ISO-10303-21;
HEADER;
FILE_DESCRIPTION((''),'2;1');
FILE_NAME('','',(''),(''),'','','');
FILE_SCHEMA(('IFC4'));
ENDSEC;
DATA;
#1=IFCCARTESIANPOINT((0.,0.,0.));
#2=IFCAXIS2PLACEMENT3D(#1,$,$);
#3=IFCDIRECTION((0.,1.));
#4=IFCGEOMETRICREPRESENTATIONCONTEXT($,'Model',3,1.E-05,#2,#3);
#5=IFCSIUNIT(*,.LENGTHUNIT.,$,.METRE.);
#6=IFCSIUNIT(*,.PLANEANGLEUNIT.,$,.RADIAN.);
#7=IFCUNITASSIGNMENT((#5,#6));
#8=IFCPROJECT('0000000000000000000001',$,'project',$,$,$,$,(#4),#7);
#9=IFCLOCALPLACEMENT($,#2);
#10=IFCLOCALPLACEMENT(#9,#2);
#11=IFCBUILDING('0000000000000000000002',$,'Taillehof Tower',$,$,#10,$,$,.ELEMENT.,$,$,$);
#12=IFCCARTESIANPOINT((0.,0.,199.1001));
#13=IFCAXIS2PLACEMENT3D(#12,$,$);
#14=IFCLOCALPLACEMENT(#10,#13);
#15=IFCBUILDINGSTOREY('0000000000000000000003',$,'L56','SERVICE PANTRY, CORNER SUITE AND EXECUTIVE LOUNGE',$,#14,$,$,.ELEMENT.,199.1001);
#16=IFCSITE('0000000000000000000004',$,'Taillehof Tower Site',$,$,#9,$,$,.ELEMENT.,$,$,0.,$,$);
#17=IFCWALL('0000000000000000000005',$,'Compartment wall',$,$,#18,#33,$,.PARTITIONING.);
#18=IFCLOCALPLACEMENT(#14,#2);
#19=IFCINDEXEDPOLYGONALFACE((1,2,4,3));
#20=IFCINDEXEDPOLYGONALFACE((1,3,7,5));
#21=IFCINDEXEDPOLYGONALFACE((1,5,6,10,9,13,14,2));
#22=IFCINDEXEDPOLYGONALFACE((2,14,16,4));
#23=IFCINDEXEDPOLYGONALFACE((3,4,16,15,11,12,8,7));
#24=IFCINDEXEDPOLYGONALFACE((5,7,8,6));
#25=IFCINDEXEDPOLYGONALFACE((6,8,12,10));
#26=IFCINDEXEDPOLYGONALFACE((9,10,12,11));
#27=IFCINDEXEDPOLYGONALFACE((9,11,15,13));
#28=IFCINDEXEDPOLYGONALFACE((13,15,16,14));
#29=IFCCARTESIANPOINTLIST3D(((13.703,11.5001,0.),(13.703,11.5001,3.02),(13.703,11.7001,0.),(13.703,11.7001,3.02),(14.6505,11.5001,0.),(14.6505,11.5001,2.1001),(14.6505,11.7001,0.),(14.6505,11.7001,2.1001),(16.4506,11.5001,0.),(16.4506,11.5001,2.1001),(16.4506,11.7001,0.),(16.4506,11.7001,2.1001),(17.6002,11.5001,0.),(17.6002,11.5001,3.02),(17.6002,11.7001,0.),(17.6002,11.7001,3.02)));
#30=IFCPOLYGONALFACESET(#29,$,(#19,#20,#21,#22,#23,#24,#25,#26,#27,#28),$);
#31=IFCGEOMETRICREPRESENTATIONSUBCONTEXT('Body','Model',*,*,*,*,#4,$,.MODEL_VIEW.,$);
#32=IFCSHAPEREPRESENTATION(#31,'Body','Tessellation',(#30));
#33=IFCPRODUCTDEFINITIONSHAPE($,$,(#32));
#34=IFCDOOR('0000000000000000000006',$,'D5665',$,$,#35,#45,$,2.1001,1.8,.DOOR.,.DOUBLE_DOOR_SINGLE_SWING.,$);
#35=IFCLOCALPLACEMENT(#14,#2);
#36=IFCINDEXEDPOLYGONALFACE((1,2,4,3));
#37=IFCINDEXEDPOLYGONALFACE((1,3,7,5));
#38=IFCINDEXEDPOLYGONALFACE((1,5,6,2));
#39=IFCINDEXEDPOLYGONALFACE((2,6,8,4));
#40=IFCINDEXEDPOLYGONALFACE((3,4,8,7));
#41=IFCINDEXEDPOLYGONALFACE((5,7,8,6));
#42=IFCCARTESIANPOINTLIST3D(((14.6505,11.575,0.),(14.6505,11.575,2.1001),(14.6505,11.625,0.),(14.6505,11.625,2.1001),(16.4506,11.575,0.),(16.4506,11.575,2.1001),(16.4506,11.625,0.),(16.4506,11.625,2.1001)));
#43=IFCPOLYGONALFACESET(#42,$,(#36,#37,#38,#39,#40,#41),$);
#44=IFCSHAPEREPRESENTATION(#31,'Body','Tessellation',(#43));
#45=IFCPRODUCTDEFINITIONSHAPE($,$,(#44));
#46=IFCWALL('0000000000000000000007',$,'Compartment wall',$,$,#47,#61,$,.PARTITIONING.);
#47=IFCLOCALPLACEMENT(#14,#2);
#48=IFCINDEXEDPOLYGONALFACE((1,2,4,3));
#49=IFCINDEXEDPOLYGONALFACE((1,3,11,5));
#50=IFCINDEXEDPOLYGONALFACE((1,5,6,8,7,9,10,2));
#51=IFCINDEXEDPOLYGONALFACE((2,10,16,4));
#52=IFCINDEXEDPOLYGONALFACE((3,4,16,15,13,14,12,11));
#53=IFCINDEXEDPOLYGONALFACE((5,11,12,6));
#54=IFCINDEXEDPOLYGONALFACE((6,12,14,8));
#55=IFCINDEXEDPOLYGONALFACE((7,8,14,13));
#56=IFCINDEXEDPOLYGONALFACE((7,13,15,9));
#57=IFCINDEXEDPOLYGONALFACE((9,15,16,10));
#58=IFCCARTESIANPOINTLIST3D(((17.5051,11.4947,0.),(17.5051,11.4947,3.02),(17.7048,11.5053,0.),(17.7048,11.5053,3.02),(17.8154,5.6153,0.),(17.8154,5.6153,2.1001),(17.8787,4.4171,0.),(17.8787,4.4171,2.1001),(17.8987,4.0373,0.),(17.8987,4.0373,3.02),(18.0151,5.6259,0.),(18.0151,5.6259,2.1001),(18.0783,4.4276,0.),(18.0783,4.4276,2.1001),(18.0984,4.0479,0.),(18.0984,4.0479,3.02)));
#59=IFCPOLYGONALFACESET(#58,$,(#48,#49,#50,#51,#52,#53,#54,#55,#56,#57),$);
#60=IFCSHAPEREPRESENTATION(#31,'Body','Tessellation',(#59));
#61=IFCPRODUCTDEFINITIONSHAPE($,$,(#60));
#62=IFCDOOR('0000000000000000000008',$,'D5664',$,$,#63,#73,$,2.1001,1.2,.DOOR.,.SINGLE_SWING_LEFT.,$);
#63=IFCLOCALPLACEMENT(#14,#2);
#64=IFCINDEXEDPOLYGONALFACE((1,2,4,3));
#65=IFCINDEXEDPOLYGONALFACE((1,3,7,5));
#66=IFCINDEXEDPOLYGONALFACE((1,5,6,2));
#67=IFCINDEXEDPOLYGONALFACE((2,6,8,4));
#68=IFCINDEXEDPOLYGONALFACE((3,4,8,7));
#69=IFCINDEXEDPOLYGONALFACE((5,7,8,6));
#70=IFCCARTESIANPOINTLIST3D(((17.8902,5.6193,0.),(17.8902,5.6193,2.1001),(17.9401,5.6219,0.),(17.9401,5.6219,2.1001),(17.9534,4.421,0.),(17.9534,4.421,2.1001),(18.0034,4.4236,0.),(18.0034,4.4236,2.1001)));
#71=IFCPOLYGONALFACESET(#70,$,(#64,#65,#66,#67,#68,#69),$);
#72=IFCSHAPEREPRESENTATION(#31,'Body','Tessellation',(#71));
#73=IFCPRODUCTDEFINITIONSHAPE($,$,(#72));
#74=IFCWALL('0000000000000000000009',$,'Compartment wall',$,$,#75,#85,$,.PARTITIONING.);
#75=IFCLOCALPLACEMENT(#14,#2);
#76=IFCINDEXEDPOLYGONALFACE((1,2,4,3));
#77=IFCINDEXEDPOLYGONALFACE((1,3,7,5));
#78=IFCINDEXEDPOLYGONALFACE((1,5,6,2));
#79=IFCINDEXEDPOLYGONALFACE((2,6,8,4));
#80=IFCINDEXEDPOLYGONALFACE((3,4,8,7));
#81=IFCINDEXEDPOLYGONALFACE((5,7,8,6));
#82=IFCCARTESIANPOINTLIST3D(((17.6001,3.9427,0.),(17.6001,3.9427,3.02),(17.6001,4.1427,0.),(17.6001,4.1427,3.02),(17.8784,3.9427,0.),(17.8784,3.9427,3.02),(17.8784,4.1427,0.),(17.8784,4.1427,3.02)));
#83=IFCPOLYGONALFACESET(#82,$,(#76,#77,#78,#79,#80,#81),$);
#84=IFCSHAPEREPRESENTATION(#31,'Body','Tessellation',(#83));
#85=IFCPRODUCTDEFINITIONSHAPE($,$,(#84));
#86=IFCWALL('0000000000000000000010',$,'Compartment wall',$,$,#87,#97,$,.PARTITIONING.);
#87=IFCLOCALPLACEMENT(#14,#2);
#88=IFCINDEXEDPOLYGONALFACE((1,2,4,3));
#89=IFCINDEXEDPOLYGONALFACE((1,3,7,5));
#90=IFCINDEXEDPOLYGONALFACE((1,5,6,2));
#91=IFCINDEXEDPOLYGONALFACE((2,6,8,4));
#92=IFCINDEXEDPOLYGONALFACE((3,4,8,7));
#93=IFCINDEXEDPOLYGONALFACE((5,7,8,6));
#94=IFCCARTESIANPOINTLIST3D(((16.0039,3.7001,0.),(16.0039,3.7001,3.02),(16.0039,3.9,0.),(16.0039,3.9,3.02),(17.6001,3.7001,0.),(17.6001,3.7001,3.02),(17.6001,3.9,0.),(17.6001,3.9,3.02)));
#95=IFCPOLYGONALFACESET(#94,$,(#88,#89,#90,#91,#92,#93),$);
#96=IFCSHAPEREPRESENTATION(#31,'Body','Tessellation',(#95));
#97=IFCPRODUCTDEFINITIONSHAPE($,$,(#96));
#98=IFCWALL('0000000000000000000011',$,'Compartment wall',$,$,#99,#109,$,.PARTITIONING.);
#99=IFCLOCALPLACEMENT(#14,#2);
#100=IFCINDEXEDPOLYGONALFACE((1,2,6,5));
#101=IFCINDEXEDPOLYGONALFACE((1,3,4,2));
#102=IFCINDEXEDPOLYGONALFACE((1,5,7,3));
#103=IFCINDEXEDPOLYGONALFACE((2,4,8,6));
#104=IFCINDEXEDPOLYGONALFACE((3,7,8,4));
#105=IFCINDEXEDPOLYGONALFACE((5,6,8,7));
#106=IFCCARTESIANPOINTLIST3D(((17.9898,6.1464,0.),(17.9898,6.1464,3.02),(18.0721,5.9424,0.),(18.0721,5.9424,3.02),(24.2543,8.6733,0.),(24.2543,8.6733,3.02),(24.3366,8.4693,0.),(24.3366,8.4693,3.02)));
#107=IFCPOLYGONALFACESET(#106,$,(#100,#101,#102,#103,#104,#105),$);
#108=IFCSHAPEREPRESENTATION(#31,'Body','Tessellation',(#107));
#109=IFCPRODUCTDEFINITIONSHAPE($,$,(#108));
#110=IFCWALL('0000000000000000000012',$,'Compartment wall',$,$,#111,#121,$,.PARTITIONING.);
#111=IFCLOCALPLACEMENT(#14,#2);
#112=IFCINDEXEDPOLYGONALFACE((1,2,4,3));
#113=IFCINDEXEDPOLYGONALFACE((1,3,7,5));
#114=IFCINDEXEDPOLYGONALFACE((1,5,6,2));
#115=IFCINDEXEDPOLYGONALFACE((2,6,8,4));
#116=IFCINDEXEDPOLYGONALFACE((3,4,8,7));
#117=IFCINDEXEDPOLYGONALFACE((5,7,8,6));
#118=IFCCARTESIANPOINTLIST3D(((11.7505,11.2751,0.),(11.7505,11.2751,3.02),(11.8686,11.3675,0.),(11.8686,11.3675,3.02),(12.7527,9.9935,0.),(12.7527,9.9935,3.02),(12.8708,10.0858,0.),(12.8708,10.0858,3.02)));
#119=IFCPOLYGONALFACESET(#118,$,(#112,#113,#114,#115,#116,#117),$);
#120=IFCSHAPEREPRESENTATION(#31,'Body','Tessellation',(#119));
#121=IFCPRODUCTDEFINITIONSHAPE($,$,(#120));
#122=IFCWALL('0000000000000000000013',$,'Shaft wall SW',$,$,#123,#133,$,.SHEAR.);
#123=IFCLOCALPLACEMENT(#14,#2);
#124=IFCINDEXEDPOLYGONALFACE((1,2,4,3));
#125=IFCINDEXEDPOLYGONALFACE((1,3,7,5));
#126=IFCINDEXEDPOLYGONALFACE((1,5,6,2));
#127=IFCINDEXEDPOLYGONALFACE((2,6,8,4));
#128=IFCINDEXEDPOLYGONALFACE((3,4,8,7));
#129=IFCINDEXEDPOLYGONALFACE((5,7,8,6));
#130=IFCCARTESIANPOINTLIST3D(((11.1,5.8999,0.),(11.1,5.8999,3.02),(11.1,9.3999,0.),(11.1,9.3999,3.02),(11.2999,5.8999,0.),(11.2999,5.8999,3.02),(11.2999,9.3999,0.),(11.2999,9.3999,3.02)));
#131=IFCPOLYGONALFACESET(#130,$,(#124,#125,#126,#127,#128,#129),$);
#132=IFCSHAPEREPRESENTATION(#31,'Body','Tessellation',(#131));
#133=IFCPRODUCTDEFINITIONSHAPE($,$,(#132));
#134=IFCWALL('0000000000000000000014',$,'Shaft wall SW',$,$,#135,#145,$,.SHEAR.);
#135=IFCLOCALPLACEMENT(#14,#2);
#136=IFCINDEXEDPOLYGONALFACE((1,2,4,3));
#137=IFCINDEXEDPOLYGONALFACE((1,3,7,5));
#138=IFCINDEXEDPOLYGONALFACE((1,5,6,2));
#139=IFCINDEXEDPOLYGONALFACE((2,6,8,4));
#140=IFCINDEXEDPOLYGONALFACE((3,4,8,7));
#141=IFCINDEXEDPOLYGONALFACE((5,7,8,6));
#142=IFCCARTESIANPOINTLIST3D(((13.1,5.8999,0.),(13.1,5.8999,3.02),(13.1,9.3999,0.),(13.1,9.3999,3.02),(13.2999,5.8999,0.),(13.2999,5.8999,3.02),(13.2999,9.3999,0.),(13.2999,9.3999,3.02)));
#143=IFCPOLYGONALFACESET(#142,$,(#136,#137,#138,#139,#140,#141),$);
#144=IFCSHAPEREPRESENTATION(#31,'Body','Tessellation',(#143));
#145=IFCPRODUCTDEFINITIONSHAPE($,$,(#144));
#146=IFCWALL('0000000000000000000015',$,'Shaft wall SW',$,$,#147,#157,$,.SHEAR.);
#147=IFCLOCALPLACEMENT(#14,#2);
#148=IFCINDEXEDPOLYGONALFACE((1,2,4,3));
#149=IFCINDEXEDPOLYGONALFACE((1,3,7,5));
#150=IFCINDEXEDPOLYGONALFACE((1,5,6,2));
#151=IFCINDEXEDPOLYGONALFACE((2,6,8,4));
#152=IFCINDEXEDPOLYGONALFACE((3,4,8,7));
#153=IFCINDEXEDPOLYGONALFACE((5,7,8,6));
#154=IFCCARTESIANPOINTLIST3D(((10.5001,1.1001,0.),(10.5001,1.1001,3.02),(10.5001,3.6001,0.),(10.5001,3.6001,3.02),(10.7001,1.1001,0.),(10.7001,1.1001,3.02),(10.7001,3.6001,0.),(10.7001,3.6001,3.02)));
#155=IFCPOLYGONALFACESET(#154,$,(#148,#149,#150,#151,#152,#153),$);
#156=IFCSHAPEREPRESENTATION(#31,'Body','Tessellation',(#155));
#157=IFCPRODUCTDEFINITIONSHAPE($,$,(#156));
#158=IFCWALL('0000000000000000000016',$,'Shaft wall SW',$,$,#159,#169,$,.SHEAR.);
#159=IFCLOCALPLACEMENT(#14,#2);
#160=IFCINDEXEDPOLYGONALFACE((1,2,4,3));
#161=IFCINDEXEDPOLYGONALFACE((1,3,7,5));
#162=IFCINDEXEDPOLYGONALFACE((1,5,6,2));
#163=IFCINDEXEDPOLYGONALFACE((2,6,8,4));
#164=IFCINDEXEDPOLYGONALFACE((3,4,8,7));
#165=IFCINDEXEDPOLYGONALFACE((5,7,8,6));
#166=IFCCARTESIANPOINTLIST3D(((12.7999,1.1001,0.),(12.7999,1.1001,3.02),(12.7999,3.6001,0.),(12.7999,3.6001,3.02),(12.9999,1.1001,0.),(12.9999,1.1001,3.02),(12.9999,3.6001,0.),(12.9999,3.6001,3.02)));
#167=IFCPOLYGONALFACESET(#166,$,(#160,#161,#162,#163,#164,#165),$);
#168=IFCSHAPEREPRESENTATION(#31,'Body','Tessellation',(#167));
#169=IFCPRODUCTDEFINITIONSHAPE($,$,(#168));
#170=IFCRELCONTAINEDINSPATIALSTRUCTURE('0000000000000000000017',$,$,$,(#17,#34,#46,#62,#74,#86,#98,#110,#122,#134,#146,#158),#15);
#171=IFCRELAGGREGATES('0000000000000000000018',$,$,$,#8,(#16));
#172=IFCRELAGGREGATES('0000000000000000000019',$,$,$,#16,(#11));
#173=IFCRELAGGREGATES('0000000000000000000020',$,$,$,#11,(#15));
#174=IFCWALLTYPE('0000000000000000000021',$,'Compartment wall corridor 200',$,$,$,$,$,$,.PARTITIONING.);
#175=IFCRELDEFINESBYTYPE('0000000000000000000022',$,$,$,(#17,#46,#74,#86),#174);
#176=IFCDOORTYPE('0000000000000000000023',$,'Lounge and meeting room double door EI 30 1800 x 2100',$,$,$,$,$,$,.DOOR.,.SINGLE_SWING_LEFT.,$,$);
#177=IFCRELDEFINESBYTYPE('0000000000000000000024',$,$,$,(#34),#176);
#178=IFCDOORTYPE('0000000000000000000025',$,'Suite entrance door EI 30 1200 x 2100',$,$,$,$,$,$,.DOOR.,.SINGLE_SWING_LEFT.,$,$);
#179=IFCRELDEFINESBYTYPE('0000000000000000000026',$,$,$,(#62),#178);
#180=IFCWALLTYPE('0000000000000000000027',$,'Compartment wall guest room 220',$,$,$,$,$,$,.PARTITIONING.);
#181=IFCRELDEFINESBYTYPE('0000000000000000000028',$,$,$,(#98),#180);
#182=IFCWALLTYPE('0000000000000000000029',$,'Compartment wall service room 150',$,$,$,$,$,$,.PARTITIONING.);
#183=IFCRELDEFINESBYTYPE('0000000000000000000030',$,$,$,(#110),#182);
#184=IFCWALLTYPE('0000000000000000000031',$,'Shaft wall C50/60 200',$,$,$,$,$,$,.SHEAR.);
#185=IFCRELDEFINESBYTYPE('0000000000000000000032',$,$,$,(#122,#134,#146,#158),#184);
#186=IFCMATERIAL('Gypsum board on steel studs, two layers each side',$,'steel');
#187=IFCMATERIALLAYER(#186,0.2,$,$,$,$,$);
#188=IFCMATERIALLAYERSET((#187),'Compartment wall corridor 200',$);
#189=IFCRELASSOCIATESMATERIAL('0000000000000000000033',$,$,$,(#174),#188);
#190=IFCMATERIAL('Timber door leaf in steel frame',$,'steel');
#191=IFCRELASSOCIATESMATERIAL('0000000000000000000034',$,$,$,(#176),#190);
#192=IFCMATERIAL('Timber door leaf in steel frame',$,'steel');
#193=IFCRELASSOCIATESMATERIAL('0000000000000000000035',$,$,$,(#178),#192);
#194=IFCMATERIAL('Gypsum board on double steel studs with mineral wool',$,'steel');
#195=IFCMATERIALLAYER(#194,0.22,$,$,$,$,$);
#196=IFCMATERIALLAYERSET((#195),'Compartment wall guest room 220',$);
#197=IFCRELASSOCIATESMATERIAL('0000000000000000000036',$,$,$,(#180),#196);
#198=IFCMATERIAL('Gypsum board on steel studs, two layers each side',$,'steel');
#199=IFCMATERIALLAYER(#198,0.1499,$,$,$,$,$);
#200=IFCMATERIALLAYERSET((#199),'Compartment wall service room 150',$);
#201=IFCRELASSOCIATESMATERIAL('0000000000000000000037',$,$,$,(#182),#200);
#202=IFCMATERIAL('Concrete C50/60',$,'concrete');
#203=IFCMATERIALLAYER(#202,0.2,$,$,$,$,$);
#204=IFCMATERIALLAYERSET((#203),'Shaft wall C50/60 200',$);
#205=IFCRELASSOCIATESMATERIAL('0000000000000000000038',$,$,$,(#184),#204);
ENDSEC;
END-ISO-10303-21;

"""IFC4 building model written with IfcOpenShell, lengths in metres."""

from ifc_helpers import new_model, si_unit, direction, frame, frame_2d, origin, place, context, subcontext, project, spatial, rectangle, extrude, material, layer, layer_set, type_object, element, fill, save


model = new_model("IFC4")

# Units and contexts
model_context = context("Model", 3, precision=1e-05, world=origin(), true_north=direction((0.0, 1.0)))
body_context = subcontext(model_context, "Body", "Model", "MODEL_VIEW")
ifc_project = project(units=[si_unit("LENGTHUNIT", "METRE"), si_unit("PLANEANGLEUNIT", "RADIAN")], contexts=[model_context])

# Site, building, storey
site_placement = place(None, origin())
site = spatial("IfcSite", under=ifc_project, at=site_placement, Name="Taillehof Tower Site", CompositionType="ELEMENT", RefElevation=0.0)
building_placement = place(site_placement, origin())
building = spatial("IfcBuilding", under=site, at=building_placement, Name="Taillehof Tower", CompositionType="ELEMENT")
storey_placement = place(building_placement, frame((0.0, 0.0, 199.1001)))
storey = spatial("IfcBuildingStorey", under=building, at=storey_placement, Name="L56", Description="SERVICE PANTRY, CORNER SUITE AND EXECUTIVE LOUNGE", CompositionType="ELEMENT", Elevation=199.1001)

# Walls, openings, doors
ifc_material_1 = material(Name="Gypsum board on steel studs, two layers each side", Category="steel")
ifc_layer_1 = layer(ifc_material_1, 0.2)
ifc_layer_set_1 = layer_set([ifc_layer_1], Name="Compartment wall corridor 200")
wall_type_1 = type_object("IfcWallType", Name="Compartment wall corridor 200", PredefinedType="PARTITIONING", material=ifc_layer_set_1)
wall_1_placement = place(storey_placement, frame((13.7029, 11.6001, 0.0), z_axis=(0.0, 0.0, 1.0), x_axis=(1.0, 0.0, 0.0)))
wall_1 = element("IfcWall", 1, at=wall_1_placement, inside=storey, type_object=wall_type_1, Name="Compartment wall", PredefinedType="PARTITIONING", context=body_context, shape_type="SweptSolid", body=[
    extrude(rectangle(XDim=3.8972, YDim=0.2, at=frame_2d((1.9487, 0.0))), origin(), (0.0, 0.0, 1.0), 3.02),
])
opening_1_placement = place(wall_1_placement, frame((0.9478, 0.0, 0.0)))
opening_1 = element("IfcOpeningElement", 2, at=opening_1_placement, cuts=wall_1, PredefinedType="OPENING", context=body_context, shape_type="SweptSolid", body=[
    extrude(rectangle(XDim=1.8, YDim=2.1001, at=frame_2d((0.8999, 1.05))), frame((0.0, 0.1099, 0.0), z_axis=(0.0, -1.0, 0.0), x_axis=(1.0, 0.0, 0.0)), (0.0, 0.0, 1.0), 0.22),
])
ifc_material_2 = material(Name="Timber door leaf in steel frame", Category="steel")
door_type_1 = type_object("IfcDoorType", Name="Lounge and meeting room double door EI 30 1800 x 2100", OperationType="SINGLE_SWING_LEFT", PredefinedType="DOOR", material=ifc_material_2)
door_1_placement = place(opening_1_placement, origin())
door_1 = element("IfcDoor", 3, at=door_1_placement, inside=storey, type_object=door_type_1, Name="D5665", OperationType="DOUBLE_DOOR_SINGLE_SWING", OverallHeight=2.1001, OverallWidth=1.8, PredefinedType="DOOR", context=body_context, shape_type="SweptSolid", body=[
    extrude(rectangle(XDim=1.8, YDim=2.1001, at=frame_2d((0.8999, 1.05))), frame((0.0, 0.0249, 0.0), z_axis=(0.0, -1.0, 0.0), x_axis=(1.0, 0.0, 0.0)), (0.0, 0.0, 1.0), 0.05),
])
fill(opening_1, door_1)
wall_2_placement = place(storey_placement, frame((17.605, 11.5, 0.0), z_axis=(0.0, 0.0, 1.0), x_axis=(0.052701, -0.99861, 0.0)))
wall_2 = element("IfcWall", 4, at=wall_2_placement, inside=storey, type_object=wall_type_1, Name="Compartment wall", PredefinedType="PARTITIONING", context=body_context, shape_type="SweptSolid", body=[
    extrude(rectangle(XDim=7.4678, YDim=0.2, at=frame_2d((3.7339, 0.0))), origin(), (0.0, 0.0, 1.0), 3.02),
])
opening_2_placement = place(wall_2_placement, frame((5.8875, 0.0, 0.0)))
opening_2 = element("IfcOpeningElement", 5, at=opening_2_placement, cuts=wall_2, PredefinedType="OPENING", context=body_context, shape_type="SweptSolid", body=[
    extrude(rectangle(XDim=1.2, YDim=2.1001, at=frame_2d((0.6001, 1.05))), frame((0.0, 0.1099, 0.0), z_axis=(0.0, -1.0, 0.0), x_axis=(1.0, 0.0, 0.0)), (0.0, 0.0, 1.0), 0.22),
])
ifc_material_3 = material(Name="Timber door leaf in steel frame", Category="steel")
door_type_2 = type_object("IfcDoorType", Name="Suite entrance door EI 30 1200 x 2100", OperationType="SINGLE_SWING_LEFT", PredefinedType="DOOR", material=ifc_material_3)
door_2_placement = place(opening_2_placement, origin())
door_2 = element("IfcDoor", 6, at=door_2_placement, inside=storey, type_object=door_type_2, Name="D5664", OperationType="SINGLE_SWING_LEFT", OverallHeight=2.1001, OverallWidth=1.2, PredefinedType="DOOR", context=body_context, shape_type="SweptSolid", body=[
    extrude(rectangle(XDim=1.2, YDim=2.1001, at=frame_2d((0.6001, 1.05))), frame((0.0, 0.0249, 0.0), z_axis=(0.0, -1.0, 0.0), x_axis=(1.0, 0.0, 0.0)), (0.0, 0.0, 1.0), 0.05),
])
fill(opening_2, door_2)

# Walls
wall_3_placement = place(storey_placement, frame((17.8784, 4.0427, 0.0), z_axis=(0.0, 0.0, 1.0), x_axis=(-1.0, 0.0, 0.0)))
element("IfcWall", 7, at=wall_3_placement, inside=storey, type_object=wall_type_1, Name="Compartment wall", PredefinedType="PARTITIONING", context=body_context, shape_type="SweptSolid", body=[
    extrude(rectangle(XDim=0.2783, YDim=0.2, at=frame_2d((0.1392, 0.0))), origin(), (0.0, 0.0, 1.0), 3.02),
])
wall_4_placement = place(storey_placement, frame((17.6001, 3.8, 0.0), z_axis=(0.0, 0.0, 1.0), x_axis=(-1.0, 0.0, 0.0)))
element("IfcWall", 8, at=wall_4_placement, inside=storey, type_object=wall_type_1, Name="Compartment wall", PredefinedType="PARTITIONING", context=body_context, shape_type="SweptSolid", body=[
    extrude(rectangle(XDim=1.5962, YDim=0.2, at=frame_2d((0.7981, 0.0))), origin(), (0.0, 0.0, 1.0), 3.02),
])
ifc_material_4 = material(Name="Gypsum board on double steel studs with mineral wool", Category="steel")
ifc_layer_2 = layer(ifc_material_4, 0.22)
ifc_layer_set_2 = layer_set([ifc_layer_2], Name="Compartment wall guest room 220")
wall_type_2 = type_object("IfcWallType", Name="Compartment wall guest room 220", PredefinedType="PARTITIONING", material=ifc_layer_set_2)
wall_5_placement = place(storey_placement, frame((24.2954, 8.5713, 0.0), z_axis=(0.0, 0.0, 1.0), x_axis=(-0.927396, -0.374081, 0.0)))
element("IfcWall", 9, at=wall_5_placement, inside=storey, type_object=wall_type_2, Name="Compartment wall", PredefinedType="PARTITIONING", context=body_context, shape_type="SweptSolid", body=[
    extrude(rectangle(XDim=6.7549, YDim=0.22, at=frame_2d((3.3774, 0.0))), origin(), (0.0, 0.0, 1.0), 3.02),
])
ifc_material_5 = material(Name="Gypsum board on steel studs, two layers each side", Category="steel")
ifc_layer_3 = layer(ifc_material_5, 0.1499)
ifc_layer_set_3 = layer_set([ifc_layer_3], Name="Compartment wall service room 150")
wall_type_3 = type_object("IfcWallType", Name="Compartment wall service room 150", PredefinedType="PARTITIONING", material=ifc_layer_set_3)
wall_6_placement = place(storey_placement, frame((11.8096, 11.3213, 0.0), z_axis=(0.0, 0.0, 1.0), x_axis=(0.615964, -0.787774, 0.0)))
element("IfcWall", 10, at=wall_6_placement, inside=storey, type_object=wall_type_3, Name="Compartment wall", PredefinedType="PARTITIONING", context=body_context, shape_type="SweptSolid", body=[
    extrude(rectangle(XDim=1.627, YDim=0.1499, at=frame_2d((0.8135, 0.0))), origin(), (0.0, 0.0, 1.0), 3.02),
])
ifc_material_6 = material(Name="Concrete C50/60", Category="concrete")
ifc_layer_4 = layer(ifc_material_6, 0.2)
ifc_layer_set_4 = layer_set([ifc_layer_4], Name="Shaft wall C50/60 200")
wall_type_4 = type_object("IfcWallType", Name="Shaft wall C50/60 200", PredefinedType="SHEAR", material=ifc_layer_set_4)
for number, where, z_axis, x_axis, name in (
    (11, (11.2, 5.8999, 0.0), (0.0, 0.0, 1.0), (0.0, 1.0, 0.0), "Shaft wall SW"),
    (12, (13.2, 5.8999, 0.0), (0.0, 0.0, 1.0), (0.0, 1.0, 0.0), "Shaft wall SW"),
):
    element("IfcWall", number, at=place(storey_placement, frame(where, z_axis=z_axis, x_axis=x_axis)), inside=storey, type_object=wall_type_4, Name=name, PredefinedType="SHEAR", context=body_context, shape_type="SweptSolid", body=[
        extrude(rectangle(XDim=3.5, YDim=0.2, at=frame_2d((1.75, 0.0))), origin(), (0.0, 0.0, 1.0), 3.02),
    ])
for number, where, z_axis, x_axis, name in (
    (13, (10.6001, 1.1001, 0.0), (0.0, 0.0, 1.0), (0.0, 1.0, 0.0), "Shaft wall SW"),
    (14, (12.8999, 1.1001, 0.0), (0.0, 0.0, 1.0), (0.0, 1.0, 0.0), "Shaft wall SW"),
):
    element("IfcWall", number, at=place(storey_placement, frame(where, z_axis=z_axis, x_axis=x_axis)), inside=storey, type_object=wall_type_4, Name=name, PredefinedType="SHEAR", context=body_context, shape_type="SweptSolid", body=[
        extrude(rectangle(XDim=2.5, YDim=0.2, at=frame_2d((1.25, 0.0))), origin(), (0.0, 0.0, 1.0), 3.02),
    ])

save(model, "model.ifc")
